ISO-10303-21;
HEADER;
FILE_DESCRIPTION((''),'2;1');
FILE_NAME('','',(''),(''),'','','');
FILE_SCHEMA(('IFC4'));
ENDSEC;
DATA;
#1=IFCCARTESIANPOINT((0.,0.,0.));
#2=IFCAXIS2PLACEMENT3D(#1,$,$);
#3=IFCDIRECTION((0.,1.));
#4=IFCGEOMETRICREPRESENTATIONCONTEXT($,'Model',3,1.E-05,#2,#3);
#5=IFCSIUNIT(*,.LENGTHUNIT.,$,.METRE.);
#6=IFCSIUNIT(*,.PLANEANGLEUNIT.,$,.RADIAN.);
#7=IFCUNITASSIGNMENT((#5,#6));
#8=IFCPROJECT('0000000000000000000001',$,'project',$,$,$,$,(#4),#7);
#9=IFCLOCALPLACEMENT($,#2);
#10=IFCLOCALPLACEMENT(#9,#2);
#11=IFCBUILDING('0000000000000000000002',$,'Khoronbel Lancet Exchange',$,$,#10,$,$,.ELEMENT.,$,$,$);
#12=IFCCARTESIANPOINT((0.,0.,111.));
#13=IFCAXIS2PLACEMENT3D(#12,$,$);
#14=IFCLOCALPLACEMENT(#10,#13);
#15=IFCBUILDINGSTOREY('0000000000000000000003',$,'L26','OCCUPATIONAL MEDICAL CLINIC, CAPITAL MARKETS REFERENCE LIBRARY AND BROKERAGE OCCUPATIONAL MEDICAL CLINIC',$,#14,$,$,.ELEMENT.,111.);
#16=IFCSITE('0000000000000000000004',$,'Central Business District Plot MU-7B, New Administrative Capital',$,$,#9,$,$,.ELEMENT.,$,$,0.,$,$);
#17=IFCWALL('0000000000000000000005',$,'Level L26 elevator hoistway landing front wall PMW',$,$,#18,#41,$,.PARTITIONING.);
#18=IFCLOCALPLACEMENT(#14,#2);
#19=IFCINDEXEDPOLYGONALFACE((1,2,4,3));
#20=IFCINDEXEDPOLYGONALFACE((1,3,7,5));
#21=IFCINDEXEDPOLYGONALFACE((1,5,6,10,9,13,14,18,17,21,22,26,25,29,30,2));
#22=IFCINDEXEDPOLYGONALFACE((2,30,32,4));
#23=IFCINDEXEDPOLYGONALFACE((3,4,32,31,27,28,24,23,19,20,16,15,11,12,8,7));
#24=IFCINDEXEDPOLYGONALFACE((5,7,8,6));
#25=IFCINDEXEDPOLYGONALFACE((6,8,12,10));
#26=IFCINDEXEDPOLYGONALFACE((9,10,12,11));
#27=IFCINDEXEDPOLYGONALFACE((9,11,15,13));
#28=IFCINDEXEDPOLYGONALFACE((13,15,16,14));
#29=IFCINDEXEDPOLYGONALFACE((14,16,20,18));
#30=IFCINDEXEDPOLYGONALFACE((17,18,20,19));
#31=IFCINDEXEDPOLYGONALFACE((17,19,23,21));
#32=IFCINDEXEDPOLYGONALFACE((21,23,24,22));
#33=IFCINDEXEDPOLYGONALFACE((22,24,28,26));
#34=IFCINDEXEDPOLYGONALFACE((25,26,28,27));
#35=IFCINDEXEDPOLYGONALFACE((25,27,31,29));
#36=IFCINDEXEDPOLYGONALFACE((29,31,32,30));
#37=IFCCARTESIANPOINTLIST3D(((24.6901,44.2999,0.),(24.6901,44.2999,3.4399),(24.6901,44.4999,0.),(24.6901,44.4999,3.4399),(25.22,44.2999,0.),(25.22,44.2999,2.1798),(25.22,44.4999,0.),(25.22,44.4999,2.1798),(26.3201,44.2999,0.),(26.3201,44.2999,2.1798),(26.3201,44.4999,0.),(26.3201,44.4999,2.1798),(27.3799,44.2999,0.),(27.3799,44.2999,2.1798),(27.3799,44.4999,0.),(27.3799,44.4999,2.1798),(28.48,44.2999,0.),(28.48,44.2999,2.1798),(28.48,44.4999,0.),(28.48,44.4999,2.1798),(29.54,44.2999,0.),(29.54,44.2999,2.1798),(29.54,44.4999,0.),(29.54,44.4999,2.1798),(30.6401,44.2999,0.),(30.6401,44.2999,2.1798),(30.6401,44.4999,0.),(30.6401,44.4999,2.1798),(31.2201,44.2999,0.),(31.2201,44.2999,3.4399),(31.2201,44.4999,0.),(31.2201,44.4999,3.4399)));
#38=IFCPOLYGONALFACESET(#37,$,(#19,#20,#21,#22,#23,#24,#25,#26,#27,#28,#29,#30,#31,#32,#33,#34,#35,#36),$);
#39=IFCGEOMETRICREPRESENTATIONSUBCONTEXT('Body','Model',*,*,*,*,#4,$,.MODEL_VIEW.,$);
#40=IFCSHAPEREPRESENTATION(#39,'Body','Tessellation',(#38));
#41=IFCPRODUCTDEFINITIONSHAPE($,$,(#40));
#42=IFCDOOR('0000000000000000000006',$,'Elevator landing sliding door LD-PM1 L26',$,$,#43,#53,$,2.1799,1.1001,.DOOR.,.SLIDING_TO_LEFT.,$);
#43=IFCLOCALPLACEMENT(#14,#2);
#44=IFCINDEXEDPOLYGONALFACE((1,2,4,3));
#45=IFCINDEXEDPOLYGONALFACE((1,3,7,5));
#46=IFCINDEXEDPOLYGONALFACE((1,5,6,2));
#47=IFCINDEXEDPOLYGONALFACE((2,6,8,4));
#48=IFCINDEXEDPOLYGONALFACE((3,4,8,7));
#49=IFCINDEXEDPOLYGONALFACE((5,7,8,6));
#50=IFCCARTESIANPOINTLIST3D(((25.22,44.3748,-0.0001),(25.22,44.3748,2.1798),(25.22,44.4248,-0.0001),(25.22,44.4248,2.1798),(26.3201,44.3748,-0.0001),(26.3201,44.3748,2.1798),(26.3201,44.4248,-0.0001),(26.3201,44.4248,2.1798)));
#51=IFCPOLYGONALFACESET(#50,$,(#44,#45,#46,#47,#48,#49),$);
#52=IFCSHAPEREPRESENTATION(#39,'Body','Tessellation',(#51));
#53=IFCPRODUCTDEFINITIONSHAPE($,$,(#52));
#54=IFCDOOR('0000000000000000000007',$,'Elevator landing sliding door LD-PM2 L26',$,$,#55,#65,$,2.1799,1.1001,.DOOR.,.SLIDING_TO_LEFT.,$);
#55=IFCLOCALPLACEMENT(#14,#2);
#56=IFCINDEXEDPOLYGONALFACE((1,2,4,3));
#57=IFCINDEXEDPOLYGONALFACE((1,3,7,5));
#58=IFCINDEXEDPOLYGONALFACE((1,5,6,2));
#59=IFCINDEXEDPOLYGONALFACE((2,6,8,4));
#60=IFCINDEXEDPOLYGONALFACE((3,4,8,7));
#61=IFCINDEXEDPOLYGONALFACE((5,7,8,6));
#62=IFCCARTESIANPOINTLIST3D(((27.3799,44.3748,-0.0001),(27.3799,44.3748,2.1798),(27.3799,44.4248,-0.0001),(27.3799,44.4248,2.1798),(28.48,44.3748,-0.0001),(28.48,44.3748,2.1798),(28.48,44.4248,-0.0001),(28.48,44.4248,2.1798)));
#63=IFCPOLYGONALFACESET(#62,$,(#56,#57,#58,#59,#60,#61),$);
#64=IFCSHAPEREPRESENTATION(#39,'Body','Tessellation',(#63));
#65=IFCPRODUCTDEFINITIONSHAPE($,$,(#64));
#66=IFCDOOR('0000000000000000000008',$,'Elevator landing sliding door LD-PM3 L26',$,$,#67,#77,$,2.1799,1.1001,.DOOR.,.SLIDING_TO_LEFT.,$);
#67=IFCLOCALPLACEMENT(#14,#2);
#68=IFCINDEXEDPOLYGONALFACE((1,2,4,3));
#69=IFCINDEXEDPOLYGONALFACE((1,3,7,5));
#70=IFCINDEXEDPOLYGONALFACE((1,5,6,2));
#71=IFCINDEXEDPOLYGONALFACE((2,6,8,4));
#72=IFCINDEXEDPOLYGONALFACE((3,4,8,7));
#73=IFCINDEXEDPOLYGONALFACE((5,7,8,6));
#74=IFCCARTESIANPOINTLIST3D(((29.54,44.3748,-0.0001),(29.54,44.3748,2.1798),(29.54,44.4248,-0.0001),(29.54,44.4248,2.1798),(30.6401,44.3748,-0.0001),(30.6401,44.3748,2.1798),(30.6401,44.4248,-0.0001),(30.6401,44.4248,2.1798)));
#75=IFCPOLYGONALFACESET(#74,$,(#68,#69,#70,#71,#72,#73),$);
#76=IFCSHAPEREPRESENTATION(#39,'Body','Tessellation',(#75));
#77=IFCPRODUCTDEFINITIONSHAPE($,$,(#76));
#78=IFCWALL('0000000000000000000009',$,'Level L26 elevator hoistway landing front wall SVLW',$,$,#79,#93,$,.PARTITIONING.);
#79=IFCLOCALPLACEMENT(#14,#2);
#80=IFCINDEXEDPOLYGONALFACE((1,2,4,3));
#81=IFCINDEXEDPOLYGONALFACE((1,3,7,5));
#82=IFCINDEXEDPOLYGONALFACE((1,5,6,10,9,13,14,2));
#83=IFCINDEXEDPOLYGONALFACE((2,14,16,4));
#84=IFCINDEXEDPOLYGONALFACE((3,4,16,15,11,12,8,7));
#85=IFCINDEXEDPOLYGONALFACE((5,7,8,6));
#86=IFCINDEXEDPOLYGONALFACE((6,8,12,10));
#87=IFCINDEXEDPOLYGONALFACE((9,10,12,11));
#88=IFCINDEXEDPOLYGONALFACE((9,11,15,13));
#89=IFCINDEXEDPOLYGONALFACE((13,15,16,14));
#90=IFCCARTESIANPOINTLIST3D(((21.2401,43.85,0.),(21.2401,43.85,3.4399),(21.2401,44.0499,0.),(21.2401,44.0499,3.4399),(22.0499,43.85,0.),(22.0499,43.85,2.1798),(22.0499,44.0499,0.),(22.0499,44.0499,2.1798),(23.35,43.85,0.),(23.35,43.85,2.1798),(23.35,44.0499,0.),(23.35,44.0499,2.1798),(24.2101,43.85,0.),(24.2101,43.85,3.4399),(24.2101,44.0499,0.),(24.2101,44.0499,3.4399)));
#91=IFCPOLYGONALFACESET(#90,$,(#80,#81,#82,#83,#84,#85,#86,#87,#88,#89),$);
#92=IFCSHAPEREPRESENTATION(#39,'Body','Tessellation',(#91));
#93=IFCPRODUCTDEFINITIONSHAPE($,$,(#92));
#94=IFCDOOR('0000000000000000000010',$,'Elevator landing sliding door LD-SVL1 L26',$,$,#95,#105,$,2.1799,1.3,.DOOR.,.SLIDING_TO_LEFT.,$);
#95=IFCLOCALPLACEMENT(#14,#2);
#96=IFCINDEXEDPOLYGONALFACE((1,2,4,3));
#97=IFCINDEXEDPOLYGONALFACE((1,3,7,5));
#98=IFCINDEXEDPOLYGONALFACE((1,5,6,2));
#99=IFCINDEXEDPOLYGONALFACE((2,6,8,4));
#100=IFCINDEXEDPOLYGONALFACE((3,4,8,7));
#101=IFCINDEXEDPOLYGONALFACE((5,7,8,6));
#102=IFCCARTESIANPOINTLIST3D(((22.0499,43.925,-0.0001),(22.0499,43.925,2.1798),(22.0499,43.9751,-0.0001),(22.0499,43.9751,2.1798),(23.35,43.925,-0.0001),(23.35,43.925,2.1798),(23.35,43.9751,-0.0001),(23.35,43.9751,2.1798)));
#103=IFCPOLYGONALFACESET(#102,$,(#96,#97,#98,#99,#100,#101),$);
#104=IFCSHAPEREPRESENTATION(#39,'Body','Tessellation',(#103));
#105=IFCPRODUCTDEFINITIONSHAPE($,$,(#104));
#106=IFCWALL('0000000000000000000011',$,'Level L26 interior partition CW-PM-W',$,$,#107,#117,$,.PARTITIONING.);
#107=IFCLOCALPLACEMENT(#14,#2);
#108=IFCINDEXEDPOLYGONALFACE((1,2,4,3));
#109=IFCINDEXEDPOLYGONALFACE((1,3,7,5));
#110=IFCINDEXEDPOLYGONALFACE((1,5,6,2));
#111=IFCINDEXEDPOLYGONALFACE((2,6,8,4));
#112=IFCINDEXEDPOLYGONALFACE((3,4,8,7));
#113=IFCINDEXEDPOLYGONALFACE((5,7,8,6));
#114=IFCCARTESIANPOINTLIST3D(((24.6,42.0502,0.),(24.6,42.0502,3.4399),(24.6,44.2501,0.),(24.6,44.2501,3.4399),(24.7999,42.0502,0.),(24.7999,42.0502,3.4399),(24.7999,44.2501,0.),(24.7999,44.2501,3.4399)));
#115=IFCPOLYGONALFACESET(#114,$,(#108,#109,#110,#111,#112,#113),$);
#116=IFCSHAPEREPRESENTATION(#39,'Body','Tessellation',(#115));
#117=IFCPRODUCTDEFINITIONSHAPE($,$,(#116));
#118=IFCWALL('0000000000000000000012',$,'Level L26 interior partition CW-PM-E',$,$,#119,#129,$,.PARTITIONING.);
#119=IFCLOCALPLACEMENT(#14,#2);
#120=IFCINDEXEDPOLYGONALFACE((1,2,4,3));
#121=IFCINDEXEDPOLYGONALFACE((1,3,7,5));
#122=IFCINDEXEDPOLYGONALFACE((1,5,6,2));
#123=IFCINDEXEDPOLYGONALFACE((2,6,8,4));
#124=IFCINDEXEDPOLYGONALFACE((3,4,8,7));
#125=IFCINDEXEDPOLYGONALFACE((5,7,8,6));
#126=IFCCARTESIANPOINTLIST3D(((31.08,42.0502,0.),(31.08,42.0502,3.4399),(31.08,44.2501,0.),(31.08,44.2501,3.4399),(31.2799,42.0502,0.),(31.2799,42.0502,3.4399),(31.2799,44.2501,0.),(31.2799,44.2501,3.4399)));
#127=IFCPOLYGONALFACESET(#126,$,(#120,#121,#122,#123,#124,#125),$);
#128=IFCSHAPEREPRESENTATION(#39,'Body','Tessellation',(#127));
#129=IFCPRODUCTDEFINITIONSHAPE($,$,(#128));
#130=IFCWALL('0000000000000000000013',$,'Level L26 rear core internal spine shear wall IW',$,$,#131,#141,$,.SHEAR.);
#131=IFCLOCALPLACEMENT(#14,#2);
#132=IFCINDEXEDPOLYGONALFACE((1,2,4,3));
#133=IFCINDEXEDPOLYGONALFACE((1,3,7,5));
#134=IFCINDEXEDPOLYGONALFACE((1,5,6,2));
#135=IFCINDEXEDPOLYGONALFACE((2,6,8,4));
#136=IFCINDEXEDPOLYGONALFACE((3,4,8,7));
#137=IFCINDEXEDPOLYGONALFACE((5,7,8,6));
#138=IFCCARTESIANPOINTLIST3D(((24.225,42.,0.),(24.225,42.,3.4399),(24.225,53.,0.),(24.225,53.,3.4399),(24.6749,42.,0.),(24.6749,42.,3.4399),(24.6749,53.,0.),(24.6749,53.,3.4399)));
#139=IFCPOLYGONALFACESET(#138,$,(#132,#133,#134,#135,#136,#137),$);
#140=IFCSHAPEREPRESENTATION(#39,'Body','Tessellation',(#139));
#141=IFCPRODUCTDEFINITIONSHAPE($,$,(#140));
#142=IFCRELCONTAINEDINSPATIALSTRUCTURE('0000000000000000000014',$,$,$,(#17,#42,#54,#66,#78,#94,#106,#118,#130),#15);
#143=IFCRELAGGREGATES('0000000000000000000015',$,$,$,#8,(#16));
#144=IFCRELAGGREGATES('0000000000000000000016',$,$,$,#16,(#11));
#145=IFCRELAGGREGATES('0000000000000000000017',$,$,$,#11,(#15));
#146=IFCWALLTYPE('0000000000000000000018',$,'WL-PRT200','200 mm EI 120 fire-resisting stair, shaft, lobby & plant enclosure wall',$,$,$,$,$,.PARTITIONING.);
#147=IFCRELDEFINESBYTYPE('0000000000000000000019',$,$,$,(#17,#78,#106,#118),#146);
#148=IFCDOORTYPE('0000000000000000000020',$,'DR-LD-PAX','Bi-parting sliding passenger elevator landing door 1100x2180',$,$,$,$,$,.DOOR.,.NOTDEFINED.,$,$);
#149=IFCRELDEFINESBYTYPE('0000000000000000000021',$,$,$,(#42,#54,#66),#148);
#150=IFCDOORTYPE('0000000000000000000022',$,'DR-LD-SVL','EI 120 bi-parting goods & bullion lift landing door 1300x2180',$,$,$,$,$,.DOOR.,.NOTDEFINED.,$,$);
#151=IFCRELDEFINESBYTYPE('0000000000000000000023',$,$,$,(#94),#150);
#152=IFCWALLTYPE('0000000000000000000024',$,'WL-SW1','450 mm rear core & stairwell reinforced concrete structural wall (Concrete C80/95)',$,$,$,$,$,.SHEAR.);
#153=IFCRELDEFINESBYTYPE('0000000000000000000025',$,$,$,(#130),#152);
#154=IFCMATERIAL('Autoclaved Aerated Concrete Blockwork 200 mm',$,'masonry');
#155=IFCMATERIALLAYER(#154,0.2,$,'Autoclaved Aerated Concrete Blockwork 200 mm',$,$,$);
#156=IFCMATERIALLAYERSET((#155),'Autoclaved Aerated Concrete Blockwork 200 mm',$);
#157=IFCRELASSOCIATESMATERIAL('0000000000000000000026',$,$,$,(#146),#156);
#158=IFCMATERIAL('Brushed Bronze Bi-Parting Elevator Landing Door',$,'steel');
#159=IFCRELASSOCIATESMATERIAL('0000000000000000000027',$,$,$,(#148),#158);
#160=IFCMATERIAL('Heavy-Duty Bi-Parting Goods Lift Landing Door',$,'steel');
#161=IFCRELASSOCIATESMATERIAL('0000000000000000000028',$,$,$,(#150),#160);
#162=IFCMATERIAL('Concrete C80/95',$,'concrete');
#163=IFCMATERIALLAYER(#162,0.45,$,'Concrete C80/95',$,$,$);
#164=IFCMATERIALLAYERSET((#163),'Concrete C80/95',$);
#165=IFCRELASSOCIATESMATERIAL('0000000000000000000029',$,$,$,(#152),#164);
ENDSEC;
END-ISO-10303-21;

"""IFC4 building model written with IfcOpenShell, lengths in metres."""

from ifc_helpers import new_model, si_unit, direction, frame, frame_2d, origin, place, context, subcontext, project, spatial, rectangle, extrude, material, layer, layer_set, type_object, element, fill, save


model = new_model("IFC4")

# Units and contexts
model_context = context("Model", 3, precision=1e-05, world=origin(), true_north=direction((0.0, 1.0)))
body_context = subcontext(model_context, "Body", "Model", "MODEL_VIEW")
ifc_project = project(units=[si_unit("LENGTHUNIT", "METRE"), si_unit("PLANEANGLEUNIT", "RADIAN")], contexts=[model_context])

# Site, building, storey
site_placement = place(None, origin())
site = spatial("IfcSite", under=ifc_project, at=site_placement, Name="Central Business District Plot MU-7B, New Administrative Capital", CompositionType="ELEMENT", RefElevation=0.0)
building_placement = place(site_placement, origin())
building = spatial("IfcBuilding", under=site, at=building_placement, Name="Khoronbel Lancet Exchange", CompositionType="ELEMENT")
storey_placement = place(building_placement, frame((0.0, 0.0, 111.0)))
storey = spatial("IfcBuildingStorey", under=building, at=storey_placement, Name="L26", Description="OCCUPATIONAL MEDICAL CLINIC, CAPITAL MARKETS REFERENCE LIBRARY AND BROKERAGE OCCUPATIONAL MEDICAL CLINIC", CompositionType="ELEMENT", Elevation=111.0)

# Shared definitions
ifc_material_1 = material(Name="Concrete C80/95", Category="concrete")

# Wall, openings, doors
ifc_material_2 = material(Name="Autoclaved Aerated Concrete Blockwork 200 mm", Category="masonry")
ifc_layer_1 = layer(ifc_material_2, 0.2, Name="Autoclaved Aerated Concrete Blockwork 200 mm")
ifc_layer_set_1 = layer_set([ifc_layer_1], Name="Autoclaved Aerated Concrete Blockwork 200 mm")
wall_type_1 = type_object("IfcWallType", Name="WL-PRT200", Description="200 mm EI 120 fire-resisting stair, shaft, lobby & plant enclosure wall", PredefinedType="PARTITIONING", material=ifc_layer_set_1)
wall_1_placement = place(storey_placement, frame((24.6899, 44.3999, 0.0), z_axis=(0.0, 0.0, 1.0), x_axis=(1.0, 0.0, 0.0)))
wall_1 = element("IfcWall", 1, at=wall_1_placement, inside=storey, type_object=wall_type_1, Name="Level L26 elevator hoistway landing front wall PMW", PredefinedType="PARTITIONING", context=body_context, shape_type="SweptSolid", body=[
    extrude(rectangle(XDim=6.53, YDim=0.2, at=frame_2d((3.2651, 0.0))), origin(), (0.0, 0.0, 1.0), 3.4399),
])
opening_1_placement = place(wall_1_placement, frame((0.53, 0.0, 0.0)))
opening_1 = element("IfcOpeningElement", 2, at=opening_1_placement, cuts=wall_1, PredefinedType="OPENING", context=body_context, shape_type="SweptSolid", body=[
    extrude(rectangle(XDim=1.1001, YDim=2.1799, at=frame_2d((0.55, 1.0898))), frame((0.0, 0.1099, 0.0), z_axis=(0.0, -1.0, 0.0), x_axis=(1.0, 0.0, 0.0)), (0.0, 0.0, 1.0), 0.22),
])
opening_2_placement = place(wall_1_placement, frame((2.6899, 0.0, 0.0)))
opening_2 = element("IfcOpeningElement", 3, at=opening_2_placement, cuts=wall_1, PredefinedType="OPENING", context=body_context, shape_type="SweptSolid", body=[
    extrude(rectangle(XDim=1.1001, YDim=2.1799, at=frame_2d((0.55, 1.0898))), frame((0.0, 0.1099, 0.0), z_axis=(0.0, -1.0, 0.0), x_axis=(1.0, 0.0, 0.0)), (0.0, 0.0, 1.0), 0.22),
])
opening_3_placement = place(wall_1_placement, frame((4.8501, 0.0, 0.0)))
opening_3 = element("IfcOpeningElement", 4, at=opening_3_placement, cuts=wall_1, PredefinedType="OPENING", context=body_context, shape_type="SweptSolid", body=[
    extrude(rectangle(XDim=1.1001, YDim=2.1799, at=frame_2d((0.55, 1.0898))), frame((0.0, 0.1099, 0.0), z_axis=(0.0, -1.0, 0.0), x_axis=(1.0, 0.0, 0.0)), (0.0, 0.0, 1.0), 0.22),
])
ifc_material_3 = material(Name="Brushed Bronze Bi-Parting Elevator Landing Door", Category="steel")
door_type_1 = type_object("IfcDoorType", Name="DR-LD-PAX", Description="Bi-parting sliding passenger elevator landing door 1100x2180", OperationType="NOTDEFINED", PredefinedType="DOOR", material=ifc_material_3)
door_1_placement = place(opening_1_placement, origin())
door_1 = element("IfcDoor", 5, at=door_1_placement, inside=storey, type_object=door_type_1, Name="Elevator landing sliding door LD-PM1 L26", OperationType="SLIDING_TO_LEFT", OverallHeight=2.1799, OverallWidth=1.1001, PredefinedType="DOOR", context=body_context, shape_type="SweptSolid", body=[
    extrude(rectangle(XDim=1.1001, YDim=2.1799, at=frame_2d((0.55, 1.0898))), frame((0.0, 0.0249, 0.0), z_axis=(0.0, -1.0, 0.0), x_axis=(1.0, 0.0, 0.0)), (0.0, 0.0, 1.0), 0.05),
])
fill(opening_1, door_1)
door_2_placement = place(opening_2_placement, origin())
door_2 = element("IfcDoor", 6, at=door_2_placement, inside=storey, type_object=door_type_1, Name="Elevator landing sliding door LD-PM2 L26", OperationType="SLIDING_TO_LEFT", OverallHeight=2.1799, OverallWidth=1.1001, PredefinedType="DOOR", context=body_context, shape_type="SweptSolid", body=[
    extrude(rectangle(XDim=1.1001, YDim=2.1799, at=frame_2d((0.55, 1.0898))), frame((0.0, 0.0249, 0.0), z_axis=(0.0, -1.0, 0.0), x_axis=(1.0, 0.0, 0.0)), (0.0, 0.0, 1.0), 0.05),
])
fill(opening_2, door_2)
door_3_placement = place(opening_3_placement, origin())
door_3 = element("IfcDoor", 7, at=door_3_placement, inside=storey, type_object=door_type_1, Name="Elevator landing sliding door LD-PM3 L26", OperationType="SLIDING_TO_LEFT", OverallHeight=2.1799, OverallWidth=1.1001, PredefinedType="DOOR", context=body_context, shape_type="SweptSolid", body=[
    extrude(rectangle(XDim=1.1001, YDim=2.1799, at=frame_2d((0.55, 1.0898))), frame((0.0, 0.0249, 0.0), z_axis=(0.0, -1.0, 0.0), x_axis=(1.0, 0.0, 0.0)), (0.0, 0.0, 1.0), 0.05),
])
fill(opening_3, door_3)

# Wall, opening, door
wall_2_placement = place(storey_placement, frame((24.21, 43.95, 0.0), z_axis=(0.0, 0.0, 1.0), x_axis=(-1.0, 0.0, 0.0)))
wall_2 = element("IfcWall", 8, at=wall_2_placement, inside=storey, type_object=wall_type_1, Name="Level L26 elevator hoistway landing front wall SVLW", PredefinedType="PARTITIONING", context=body_context, shape_type="SweptSolid", body=[
    extrude(rectangle(XDim=2.97, YDim=0.2, at=frame_2d((1.4849, 0.0))), origin(), (0.0, 0.0, 1.0), 3.4399),
])
opening_4_placement = place(wall_2_placement, frame((0.8601, 0.0, 0.0)))
opening_4 = element("IfcOpeningElement", 9, at=opening_4_placement, cuts=wall_2, PredefinedType="OPENING", context=body_context, shape_type="SweptSolid", body=[
    extrude(rectangle(XDim=1.3, YDim=2.1799, at=frame_2d((0.6499, 1.0898))), frame((0.0, 0.1099, 0.0), z_axis=(0.0, -1.0, 0.0), x_axis=(1.0, 0.0, 0.0)), (0.0, 0.0, 1.0), 0.22),
])
ifc_material_4 = material(Name="Heavy-Duty Bi-Parting Goods Lift Landing Door", Category="steel")
door_type_2 = type_object("IfcDoorType", Name="DR-LD-SVL", Description="EI 120 bi-parting goods & bullion lift landing door 1300x2180", OperationType="NOTDEFINED", PredefinedType="DOOR", material=ifc_material_4)
door_4_placement = place(opening_4_placement, origin())
door_4 = element("IfcDoor", 10, at=door_4_placement, inside=storey, type_object=door_type_2, Name="Elevator landing sliding door LD-SVL1 L26", OperationType="SLIDING_TO_LEFT", OverallHeight=2.1799, OverallWidth=1.3, PredefinedType="DOOR", context=body_context, shape_type="SweptSolid", body=[
    extrude(rectangle(XDim=1.3, YDim=2.1799, at=frame_2d((0.6499, 1.0898))), frame((0.0, 0.0249, 0.0), z_axis=(0.0, -1.0, 0.0), x_axis=(1.0, 0.0, 0.0)), (0.0, 0.0, 1.0), 0.05),
])
fill(opening_4, door_4)

# Walls
for number, where, z_axis, x_axis, name in (
    (11, (24.7, 42.05, 0.0), (0.0, 0.0, 1.0), (0.0, 1.0, 0.0), "Level L26 interior partition CW-PM-W"),
    (12, (31.1799, 42.05, 0.0), (0.0, 0.0, 1.0), (0.0, 1.0, 0.0), "Level L26 interior partition CW-PM-E"),
):
    element("IfcWall", number, at=place(storey_placement, frame(where, z_axis=z_axis, x_axis=x_axis)), inside=storey, type_object=wall_type_1, Name=name, PredefinedType="PARTITIONING", context=body_context, shape_type="SweptSolid", body=[
        extrude(rectangle(XDim=2.2, YDim=0.2, at=frame_2d((1.1001, 0.0))), origin(), (0.0, 0.0, 1.0), 3.4399),
    ])
ifc_layer_2 = layer(ifc_material_1, 0.45, Name="Concrete C80/95")
ifc_layer_set_2 = layer_set([ifc_layer_2], Name="Concrete C80/95")
wall_type_2 = type_object("IfcWallType", Name="WL-SW1", Description="450 mm rear core & stairwell reinforced concrete structural wall (Concrete C80/95)", PredefinedType="SHEAR", material=ifc_layer_set_2)
wall_3_placement = place(storey_placement, frame((24.45, 42.0, 0.0), z_axis=(0.0, 0.0, 1.0), x_axis=(0.0, 1.0, 0.0)))
element("IfcWall", 13, at=wall_3_placement, inside=storey, type_object=wall_type_2, Name="Level L26 rear core internal spine shear wall IW", PredefinedType="SHEAR", context=body_context, shape_type="SweptSolid", body=[
    extrude(rectangle(XDim=11.0, YDim=0.45, at=frame_2d((5.5, 0.0))), origin(), (0.0, 0.0, 1.0), 3.4399),
])

save(model, "model.ifc")
